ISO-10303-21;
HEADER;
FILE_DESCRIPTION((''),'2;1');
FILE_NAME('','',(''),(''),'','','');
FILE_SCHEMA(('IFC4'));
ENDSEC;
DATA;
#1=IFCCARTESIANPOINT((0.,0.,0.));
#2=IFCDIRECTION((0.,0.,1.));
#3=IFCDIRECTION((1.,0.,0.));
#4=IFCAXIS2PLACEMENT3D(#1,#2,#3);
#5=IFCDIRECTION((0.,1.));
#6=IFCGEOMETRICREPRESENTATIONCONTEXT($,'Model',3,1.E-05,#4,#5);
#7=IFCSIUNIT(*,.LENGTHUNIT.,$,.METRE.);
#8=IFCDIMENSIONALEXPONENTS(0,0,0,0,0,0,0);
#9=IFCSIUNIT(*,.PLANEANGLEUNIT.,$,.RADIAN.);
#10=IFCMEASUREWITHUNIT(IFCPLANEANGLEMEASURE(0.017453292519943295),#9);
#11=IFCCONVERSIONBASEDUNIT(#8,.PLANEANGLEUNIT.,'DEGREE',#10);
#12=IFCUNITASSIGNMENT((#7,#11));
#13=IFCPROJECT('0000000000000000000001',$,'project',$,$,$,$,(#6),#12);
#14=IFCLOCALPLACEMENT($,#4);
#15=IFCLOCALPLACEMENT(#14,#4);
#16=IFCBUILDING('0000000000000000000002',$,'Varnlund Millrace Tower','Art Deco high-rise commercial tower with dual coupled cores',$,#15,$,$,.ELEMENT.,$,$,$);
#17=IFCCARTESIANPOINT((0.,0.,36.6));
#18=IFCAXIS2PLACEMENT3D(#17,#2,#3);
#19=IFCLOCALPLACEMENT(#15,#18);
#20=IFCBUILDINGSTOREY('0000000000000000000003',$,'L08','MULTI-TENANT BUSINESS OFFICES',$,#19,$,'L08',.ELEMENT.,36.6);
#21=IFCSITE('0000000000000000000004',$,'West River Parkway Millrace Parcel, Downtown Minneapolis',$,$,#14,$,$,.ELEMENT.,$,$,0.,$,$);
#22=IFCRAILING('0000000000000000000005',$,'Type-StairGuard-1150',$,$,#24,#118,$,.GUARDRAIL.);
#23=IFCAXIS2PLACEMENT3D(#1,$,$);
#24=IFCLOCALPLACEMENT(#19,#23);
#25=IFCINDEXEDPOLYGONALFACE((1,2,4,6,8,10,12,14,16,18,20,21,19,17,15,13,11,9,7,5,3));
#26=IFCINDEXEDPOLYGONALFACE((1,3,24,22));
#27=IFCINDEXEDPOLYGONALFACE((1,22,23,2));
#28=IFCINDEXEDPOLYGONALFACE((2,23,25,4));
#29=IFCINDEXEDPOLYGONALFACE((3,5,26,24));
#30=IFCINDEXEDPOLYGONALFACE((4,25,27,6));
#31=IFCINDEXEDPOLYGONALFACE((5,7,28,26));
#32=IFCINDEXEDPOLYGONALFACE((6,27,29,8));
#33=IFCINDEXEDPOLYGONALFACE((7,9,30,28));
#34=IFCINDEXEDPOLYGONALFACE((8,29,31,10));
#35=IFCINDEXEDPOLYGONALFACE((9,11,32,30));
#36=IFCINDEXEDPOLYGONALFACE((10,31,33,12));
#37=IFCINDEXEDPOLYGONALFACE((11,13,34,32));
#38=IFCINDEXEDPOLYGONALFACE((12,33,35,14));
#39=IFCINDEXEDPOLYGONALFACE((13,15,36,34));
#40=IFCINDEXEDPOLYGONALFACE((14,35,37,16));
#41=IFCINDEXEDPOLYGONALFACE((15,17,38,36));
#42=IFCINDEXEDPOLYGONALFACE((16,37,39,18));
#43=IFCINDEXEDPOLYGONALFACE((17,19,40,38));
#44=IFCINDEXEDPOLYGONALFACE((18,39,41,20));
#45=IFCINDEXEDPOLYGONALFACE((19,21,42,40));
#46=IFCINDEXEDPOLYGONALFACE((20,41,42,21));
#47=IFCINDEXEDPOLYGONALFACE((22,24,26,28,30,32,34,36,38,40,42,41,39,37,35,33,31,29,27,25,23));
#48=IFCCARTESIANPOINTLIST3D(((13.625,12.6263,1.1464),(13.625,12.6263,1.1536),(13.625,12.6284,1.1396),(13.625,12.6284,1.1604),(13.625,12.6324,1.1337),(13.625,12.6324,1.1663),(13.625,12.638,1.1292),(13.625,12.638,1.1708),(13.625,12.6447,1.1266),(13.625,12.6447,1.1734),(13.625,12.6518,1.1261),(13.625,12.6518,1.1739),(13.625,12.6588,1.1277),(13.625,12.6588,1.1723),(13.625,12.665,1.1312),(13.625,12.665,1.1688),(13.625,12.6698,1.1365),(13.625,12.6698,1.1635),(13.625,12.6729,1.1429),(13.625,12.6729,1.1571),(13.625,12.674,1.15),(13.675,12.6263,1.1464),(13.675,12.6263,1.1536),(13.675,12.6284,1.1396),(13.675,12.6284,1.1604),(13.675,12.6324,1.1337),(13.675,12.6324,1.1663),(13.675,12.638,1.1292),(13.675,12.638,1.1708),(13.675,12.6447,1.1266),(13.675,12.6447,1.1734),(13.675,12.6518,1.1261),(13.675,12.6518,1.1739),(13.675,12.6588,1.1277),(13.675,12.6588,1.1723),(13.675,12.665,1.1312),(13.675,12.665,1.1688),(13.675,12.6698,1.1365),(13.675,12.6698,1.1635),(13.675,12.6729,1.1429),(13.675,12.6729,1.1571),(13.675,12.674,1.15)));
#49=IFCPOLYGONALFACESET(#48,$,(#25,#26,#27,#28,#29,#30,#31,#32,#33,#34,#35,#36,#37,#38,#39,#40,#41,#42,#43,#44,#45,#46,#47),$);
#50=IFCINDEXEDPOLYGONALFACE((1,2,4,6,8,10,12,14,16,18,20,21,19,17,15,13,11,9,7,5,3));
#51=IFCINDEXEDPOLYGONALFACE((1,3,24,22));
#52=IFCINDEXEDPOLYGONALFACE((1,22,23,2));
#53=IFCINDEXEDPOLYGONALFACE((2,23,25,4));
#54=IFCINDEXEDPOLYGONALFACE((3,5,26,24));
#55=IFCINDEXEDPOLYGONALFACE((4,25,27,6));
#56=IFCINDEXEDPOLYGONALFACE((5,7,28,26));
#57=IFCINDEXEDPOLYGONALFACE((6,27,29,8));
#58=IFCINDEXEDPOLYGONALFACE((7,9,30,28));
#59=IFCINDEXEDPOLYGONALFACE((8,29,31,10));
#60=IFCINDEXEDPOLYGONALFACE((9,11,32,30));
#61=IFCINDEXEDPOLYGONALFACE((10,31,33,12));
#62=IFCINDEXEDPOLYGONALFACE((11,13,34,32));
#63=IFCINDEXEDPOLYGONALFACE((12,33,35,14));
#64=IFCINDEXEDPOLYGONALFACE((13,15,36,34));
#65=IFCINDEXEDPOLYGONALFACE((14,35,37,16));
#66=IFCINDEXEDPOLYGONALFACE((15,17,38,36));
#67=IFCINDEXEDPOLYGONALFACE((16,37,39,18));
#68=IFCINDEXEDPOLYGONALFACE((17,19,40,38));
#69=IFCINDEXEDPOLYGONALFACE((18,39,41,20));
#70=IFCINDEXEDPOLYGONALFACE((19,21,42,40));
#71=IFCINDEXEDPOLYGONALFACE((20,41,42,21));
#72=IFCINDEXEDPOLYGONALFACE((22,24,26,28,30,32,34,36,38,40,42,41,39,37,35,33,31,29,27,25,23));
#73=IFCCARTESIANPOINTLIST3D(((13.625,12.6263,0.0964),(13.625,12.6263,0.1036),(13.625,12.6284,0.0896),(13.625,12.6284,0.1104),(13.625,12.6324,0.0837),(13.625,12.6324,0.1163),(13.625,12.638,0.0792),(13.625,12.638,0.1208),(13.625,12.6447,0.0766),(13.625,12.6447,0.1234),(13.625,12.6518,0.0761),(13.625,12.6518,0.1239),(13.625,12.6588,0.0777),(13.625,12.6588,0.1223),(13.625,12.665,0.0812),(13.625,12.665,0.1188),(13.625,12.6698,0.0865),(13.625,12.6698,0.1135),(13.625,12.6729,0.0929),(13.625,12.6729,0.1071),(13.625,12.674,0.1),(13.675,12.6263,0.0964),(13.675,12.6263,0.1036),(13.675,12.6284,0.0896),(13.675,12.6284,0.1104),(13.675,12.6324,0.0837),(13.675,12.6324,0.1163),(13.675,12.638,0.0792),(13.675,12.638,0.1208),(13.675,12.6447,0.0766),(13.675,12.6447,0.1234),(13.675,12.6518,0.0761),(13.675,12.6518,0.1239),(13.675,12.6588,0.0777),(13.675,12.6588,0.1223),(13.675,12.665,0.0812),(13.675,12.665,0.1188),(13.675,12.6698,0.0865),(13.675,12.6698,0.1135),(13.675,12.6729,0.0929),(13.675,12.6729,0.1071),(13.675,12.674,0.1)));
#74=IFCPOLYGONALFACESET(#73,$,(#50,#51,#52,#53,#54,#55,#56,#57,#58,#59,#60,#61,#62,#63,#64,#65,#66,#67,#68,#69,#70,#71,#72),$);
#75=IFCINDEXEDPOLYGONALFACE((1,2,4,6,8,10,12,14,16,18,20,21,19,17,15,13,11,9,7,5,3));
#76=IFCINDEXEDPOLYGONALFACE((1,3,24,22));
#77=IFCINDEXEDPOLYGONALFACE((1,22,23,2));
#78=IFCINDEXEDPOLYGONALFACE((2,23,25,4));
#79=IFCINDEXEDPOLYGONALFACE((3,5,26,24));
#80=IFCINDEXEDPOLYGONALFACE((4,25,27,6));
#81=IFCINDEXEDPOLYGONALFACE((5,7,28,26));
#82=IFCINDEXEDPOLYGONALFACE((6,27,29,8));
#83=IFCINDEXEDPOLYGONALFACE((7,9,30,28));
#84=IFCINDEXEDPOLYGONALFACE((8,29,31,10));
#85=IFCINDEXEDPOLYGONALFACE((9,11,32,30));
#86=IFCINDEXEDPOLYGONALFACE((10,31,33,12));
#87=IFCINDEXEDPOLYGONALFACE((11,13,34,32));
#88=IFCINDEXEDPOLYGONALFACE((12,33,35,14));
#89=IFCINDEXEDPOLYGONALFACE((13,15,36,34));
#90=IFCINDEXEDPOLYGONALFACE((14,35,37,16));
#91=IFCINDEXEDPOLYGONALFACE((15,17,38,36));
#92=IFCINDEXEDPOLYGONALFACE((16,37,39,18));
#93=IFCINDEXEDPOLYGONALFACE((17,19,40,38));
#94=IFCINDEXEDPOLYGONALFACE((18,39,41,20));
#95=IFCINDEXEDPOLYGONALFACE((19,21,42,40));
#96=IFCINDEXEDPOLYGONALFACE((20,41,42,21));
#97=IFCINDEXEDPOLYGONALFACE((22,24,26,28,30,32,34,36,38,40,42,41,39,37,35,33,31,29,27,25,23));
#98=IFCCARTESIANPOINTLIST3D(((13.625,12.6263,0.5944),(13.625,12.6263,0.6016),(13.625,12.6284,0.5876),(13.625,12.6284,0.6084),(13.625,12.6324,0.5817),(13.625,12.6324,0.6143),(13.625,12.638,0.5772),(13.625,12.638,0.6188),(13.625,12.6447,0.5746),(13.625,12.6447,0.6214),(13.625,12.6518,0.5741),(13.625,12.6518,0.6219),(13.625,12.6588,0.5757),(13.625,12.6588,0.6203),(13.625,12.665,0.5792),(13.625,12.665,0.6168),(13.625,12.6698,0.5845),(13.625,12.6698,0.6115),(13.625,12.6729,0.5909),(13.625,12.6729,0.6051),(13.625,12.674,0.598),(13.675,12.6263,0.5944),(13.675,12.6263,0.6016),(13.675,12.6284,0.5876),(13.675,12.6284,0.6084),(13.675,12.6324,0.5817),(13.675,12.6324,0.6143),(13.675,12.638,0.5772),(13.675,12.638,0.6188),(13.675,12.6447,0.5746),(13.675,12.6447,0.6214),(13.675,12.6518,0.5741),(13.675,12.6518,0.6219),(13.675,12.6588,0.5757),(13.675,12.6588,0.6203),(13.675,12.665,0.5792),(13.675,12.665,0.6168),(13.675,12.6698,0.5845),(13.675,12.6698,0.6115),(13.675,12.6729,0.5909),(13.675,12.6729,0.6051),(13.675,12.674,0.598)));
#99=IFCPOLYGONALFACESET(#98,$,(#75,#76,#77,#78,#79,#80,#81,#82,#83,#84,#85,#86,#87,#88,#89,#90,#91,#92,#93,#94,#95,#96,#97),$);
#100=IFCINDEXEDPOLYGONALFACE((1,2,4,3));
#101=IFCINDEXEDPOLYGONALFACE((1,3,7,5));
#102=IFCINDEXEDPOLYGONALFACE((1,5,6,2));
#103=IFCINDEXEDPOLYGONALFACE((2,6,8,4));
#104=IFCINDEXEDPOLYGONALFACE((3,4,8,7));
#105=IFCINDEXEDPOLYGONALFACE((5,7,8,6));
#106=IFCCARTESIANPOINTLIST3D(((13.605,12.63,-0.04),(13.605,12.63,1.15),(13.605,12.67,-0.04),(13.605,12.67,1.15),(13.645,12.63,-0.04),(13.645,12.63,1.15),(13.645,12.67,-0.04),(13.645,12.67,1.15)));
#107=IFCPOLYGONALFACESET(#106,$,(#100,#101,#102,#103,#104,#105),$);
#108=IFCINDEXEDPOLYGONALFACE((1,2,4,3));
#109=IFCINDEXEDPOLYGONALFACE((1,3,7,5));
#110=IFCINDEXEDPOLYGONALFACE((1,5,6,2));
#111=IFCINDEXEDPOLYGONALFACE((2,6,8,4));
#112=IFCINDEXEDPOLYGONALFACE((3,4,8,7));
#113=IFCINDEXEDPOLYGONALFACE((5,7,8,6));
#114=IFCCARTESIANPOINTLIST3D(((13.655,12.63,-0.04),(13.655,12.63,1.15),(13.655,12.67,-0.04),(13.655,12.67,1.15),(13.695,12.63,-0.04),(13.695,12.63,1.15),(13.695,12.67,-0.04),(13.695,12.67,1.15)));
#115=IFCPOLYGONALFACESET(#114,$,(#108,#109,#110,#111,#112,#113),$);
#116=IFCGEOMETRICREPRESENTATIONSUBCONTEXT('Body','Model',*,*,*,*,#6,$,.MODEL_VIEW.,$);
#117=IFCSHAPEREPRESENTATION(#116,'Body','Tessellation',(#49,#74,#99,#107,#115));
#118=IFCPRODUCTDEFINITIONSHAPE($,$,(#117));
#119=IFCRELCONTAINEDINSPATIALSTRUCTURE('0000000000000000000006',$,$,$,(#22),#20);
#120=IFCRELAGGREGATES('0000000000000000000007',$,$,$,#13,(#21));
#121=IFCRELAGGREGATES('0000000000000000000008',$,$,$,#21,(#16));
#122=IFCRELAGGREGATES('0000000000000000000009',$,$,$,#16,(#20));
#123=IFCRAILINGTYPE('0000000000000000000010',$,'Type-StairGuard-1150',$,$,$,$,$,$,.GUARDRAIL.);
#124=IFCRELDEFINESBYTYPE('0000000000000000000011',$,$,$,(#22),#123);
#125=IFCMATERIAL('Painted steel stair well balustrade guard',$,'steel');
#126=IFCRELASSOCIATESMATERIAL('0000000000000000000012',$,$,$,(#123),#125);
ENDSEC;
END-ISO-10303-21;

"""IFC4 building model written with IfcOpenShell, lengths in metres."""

from ifc_helpers import new_model, entity, si_unit, converted_unit, direction, frame, origin_with_axes, origin_2d_with_axis, place, context, subcontext, project, spatial, rectangle, circle, extrude, material, type_object, element, save


model = new_model("IFC4")

# Units and contexts
model_context = context("Model", 3, precision=1e-05, world=origin_with_axes(), true_north=direction((0.0, 1.0)))
body_context = subcontext(model_context, "Body", "Model", "MODEL_VIEW")
ifc_project = project(units=[si_unit("LENGTHUNIT", "METRE"), converted_unit("PLANEANGLEUNIT", "DEGREE", entity("IfcPlaneAngleMeasure", 0.017453292519943295), si_unit("PLANEANGLEUNIT", "RADIAN"), dimensions=[0, 0, 0, 0, 0, 0, 0])], contexts=[model_context])

# Site, building, storey
site_placement = place(None, origin_with_axes())
site = spatial("IfcSite", under=ifc_project, at=site_placement, Name="West River Parkway Millrace Parcel, Downtown Minneapolis", CompositionType="ELEMENT", RefElevation=0.0)
building_placement = place(site_placement, origin_with_axes())
building = spatial("IfcBuilding", under=site, at=building_placement, Name="Varnlund Millrace Tower", Description="Art Deco high-rise commercial tower with dual coupled cores", CompositionType="ELEMENT")
storey_placement = place(building_placement, frame((0.0, 0.0, 36.6), z_axis=(0.0, 0.0, 1.0), x_axis=(1.0, 0.0, 0.0)))
storey = spatial("IfcBuildingStorey", under=building, at=storey_placement, Name="L08", Description="MULTI-TENANT BUSINESS OFFICES", LongName="L08", CompositionType="ELEMENT", Elevation=36.6)

# Railing
ifc_material_1 = material(Name="Painted steel stair well balustrade guard", Category="steel")
railing_type_1 = type_object("IfcRailingType", Name="Type-StairGuard-1150", PredefinedType="GUARDRAIL", material=ifc_material_1)
railing_1_placement = place(storey_placement, frame((0.0, 0.0, -36.6), z_axis=(0.0, 0.0, 1.0), x_axis=(1.0, 0.0, 0.0)))
element("IfcRailing", 1, at=railing_1_placement, inside=storey, type_object=railing_type_1, Name="Type-StairGuard-1150", PredefinedType="GUARDRAIL", context=body_context, shape_type="SweptSolid", body=[
    extrude(circle(Radius=0.024, at=origin_2d_with_axis()), frame((13.625, 12.65, 37.75), z_axis=(1.0, 0.0, 0.0), x_axis=(0.0, 1.0, 0.0)), (0.0, 0.0, 1.0), 0.05),
    extrude(circle(Radius=0.024, at=origin_2d_with_axis()), frame((13.625, 12.65, 36.7), z_axis=(1.0, 0.0, 0.0), x_axis=(0.0, 1.0, 0.0)), (0.0, 0.0, 1.0), 0.05),
    extrude(circle(Radius=0.024, at=origin_2d_with_axis()), frame((13.625, 12.65, 37.198), z_axis=(1.0, 0.0, 0.0), x_axis=(0.0, 1.0, 0.0)), (0.0, 0.0, 1.0), 0.05),
    extrude(rectangle(XDim=0.04, YDim=0.04, at=origin_2d_with_axis()), frame((13.625, 12.65, 36.56), z_axis=(0.0, 0.0, 1.0), x_axis=(1.0, 0.0, 0.0)), (0.0, 0.0, 1.0), 1.19),
    extrude(rectangle(XDim=0.04, YDim=0.04, at=origin_2d_with_axis()), frame((13.675, 12.65, 36.56), z_axis=(0.0, 0.0, 1.0), x_axis=(1.0, 0.0, 0.0)), (0.0, 0.0, 1.0), 1.19),
])

save(model, "model.ifc")
